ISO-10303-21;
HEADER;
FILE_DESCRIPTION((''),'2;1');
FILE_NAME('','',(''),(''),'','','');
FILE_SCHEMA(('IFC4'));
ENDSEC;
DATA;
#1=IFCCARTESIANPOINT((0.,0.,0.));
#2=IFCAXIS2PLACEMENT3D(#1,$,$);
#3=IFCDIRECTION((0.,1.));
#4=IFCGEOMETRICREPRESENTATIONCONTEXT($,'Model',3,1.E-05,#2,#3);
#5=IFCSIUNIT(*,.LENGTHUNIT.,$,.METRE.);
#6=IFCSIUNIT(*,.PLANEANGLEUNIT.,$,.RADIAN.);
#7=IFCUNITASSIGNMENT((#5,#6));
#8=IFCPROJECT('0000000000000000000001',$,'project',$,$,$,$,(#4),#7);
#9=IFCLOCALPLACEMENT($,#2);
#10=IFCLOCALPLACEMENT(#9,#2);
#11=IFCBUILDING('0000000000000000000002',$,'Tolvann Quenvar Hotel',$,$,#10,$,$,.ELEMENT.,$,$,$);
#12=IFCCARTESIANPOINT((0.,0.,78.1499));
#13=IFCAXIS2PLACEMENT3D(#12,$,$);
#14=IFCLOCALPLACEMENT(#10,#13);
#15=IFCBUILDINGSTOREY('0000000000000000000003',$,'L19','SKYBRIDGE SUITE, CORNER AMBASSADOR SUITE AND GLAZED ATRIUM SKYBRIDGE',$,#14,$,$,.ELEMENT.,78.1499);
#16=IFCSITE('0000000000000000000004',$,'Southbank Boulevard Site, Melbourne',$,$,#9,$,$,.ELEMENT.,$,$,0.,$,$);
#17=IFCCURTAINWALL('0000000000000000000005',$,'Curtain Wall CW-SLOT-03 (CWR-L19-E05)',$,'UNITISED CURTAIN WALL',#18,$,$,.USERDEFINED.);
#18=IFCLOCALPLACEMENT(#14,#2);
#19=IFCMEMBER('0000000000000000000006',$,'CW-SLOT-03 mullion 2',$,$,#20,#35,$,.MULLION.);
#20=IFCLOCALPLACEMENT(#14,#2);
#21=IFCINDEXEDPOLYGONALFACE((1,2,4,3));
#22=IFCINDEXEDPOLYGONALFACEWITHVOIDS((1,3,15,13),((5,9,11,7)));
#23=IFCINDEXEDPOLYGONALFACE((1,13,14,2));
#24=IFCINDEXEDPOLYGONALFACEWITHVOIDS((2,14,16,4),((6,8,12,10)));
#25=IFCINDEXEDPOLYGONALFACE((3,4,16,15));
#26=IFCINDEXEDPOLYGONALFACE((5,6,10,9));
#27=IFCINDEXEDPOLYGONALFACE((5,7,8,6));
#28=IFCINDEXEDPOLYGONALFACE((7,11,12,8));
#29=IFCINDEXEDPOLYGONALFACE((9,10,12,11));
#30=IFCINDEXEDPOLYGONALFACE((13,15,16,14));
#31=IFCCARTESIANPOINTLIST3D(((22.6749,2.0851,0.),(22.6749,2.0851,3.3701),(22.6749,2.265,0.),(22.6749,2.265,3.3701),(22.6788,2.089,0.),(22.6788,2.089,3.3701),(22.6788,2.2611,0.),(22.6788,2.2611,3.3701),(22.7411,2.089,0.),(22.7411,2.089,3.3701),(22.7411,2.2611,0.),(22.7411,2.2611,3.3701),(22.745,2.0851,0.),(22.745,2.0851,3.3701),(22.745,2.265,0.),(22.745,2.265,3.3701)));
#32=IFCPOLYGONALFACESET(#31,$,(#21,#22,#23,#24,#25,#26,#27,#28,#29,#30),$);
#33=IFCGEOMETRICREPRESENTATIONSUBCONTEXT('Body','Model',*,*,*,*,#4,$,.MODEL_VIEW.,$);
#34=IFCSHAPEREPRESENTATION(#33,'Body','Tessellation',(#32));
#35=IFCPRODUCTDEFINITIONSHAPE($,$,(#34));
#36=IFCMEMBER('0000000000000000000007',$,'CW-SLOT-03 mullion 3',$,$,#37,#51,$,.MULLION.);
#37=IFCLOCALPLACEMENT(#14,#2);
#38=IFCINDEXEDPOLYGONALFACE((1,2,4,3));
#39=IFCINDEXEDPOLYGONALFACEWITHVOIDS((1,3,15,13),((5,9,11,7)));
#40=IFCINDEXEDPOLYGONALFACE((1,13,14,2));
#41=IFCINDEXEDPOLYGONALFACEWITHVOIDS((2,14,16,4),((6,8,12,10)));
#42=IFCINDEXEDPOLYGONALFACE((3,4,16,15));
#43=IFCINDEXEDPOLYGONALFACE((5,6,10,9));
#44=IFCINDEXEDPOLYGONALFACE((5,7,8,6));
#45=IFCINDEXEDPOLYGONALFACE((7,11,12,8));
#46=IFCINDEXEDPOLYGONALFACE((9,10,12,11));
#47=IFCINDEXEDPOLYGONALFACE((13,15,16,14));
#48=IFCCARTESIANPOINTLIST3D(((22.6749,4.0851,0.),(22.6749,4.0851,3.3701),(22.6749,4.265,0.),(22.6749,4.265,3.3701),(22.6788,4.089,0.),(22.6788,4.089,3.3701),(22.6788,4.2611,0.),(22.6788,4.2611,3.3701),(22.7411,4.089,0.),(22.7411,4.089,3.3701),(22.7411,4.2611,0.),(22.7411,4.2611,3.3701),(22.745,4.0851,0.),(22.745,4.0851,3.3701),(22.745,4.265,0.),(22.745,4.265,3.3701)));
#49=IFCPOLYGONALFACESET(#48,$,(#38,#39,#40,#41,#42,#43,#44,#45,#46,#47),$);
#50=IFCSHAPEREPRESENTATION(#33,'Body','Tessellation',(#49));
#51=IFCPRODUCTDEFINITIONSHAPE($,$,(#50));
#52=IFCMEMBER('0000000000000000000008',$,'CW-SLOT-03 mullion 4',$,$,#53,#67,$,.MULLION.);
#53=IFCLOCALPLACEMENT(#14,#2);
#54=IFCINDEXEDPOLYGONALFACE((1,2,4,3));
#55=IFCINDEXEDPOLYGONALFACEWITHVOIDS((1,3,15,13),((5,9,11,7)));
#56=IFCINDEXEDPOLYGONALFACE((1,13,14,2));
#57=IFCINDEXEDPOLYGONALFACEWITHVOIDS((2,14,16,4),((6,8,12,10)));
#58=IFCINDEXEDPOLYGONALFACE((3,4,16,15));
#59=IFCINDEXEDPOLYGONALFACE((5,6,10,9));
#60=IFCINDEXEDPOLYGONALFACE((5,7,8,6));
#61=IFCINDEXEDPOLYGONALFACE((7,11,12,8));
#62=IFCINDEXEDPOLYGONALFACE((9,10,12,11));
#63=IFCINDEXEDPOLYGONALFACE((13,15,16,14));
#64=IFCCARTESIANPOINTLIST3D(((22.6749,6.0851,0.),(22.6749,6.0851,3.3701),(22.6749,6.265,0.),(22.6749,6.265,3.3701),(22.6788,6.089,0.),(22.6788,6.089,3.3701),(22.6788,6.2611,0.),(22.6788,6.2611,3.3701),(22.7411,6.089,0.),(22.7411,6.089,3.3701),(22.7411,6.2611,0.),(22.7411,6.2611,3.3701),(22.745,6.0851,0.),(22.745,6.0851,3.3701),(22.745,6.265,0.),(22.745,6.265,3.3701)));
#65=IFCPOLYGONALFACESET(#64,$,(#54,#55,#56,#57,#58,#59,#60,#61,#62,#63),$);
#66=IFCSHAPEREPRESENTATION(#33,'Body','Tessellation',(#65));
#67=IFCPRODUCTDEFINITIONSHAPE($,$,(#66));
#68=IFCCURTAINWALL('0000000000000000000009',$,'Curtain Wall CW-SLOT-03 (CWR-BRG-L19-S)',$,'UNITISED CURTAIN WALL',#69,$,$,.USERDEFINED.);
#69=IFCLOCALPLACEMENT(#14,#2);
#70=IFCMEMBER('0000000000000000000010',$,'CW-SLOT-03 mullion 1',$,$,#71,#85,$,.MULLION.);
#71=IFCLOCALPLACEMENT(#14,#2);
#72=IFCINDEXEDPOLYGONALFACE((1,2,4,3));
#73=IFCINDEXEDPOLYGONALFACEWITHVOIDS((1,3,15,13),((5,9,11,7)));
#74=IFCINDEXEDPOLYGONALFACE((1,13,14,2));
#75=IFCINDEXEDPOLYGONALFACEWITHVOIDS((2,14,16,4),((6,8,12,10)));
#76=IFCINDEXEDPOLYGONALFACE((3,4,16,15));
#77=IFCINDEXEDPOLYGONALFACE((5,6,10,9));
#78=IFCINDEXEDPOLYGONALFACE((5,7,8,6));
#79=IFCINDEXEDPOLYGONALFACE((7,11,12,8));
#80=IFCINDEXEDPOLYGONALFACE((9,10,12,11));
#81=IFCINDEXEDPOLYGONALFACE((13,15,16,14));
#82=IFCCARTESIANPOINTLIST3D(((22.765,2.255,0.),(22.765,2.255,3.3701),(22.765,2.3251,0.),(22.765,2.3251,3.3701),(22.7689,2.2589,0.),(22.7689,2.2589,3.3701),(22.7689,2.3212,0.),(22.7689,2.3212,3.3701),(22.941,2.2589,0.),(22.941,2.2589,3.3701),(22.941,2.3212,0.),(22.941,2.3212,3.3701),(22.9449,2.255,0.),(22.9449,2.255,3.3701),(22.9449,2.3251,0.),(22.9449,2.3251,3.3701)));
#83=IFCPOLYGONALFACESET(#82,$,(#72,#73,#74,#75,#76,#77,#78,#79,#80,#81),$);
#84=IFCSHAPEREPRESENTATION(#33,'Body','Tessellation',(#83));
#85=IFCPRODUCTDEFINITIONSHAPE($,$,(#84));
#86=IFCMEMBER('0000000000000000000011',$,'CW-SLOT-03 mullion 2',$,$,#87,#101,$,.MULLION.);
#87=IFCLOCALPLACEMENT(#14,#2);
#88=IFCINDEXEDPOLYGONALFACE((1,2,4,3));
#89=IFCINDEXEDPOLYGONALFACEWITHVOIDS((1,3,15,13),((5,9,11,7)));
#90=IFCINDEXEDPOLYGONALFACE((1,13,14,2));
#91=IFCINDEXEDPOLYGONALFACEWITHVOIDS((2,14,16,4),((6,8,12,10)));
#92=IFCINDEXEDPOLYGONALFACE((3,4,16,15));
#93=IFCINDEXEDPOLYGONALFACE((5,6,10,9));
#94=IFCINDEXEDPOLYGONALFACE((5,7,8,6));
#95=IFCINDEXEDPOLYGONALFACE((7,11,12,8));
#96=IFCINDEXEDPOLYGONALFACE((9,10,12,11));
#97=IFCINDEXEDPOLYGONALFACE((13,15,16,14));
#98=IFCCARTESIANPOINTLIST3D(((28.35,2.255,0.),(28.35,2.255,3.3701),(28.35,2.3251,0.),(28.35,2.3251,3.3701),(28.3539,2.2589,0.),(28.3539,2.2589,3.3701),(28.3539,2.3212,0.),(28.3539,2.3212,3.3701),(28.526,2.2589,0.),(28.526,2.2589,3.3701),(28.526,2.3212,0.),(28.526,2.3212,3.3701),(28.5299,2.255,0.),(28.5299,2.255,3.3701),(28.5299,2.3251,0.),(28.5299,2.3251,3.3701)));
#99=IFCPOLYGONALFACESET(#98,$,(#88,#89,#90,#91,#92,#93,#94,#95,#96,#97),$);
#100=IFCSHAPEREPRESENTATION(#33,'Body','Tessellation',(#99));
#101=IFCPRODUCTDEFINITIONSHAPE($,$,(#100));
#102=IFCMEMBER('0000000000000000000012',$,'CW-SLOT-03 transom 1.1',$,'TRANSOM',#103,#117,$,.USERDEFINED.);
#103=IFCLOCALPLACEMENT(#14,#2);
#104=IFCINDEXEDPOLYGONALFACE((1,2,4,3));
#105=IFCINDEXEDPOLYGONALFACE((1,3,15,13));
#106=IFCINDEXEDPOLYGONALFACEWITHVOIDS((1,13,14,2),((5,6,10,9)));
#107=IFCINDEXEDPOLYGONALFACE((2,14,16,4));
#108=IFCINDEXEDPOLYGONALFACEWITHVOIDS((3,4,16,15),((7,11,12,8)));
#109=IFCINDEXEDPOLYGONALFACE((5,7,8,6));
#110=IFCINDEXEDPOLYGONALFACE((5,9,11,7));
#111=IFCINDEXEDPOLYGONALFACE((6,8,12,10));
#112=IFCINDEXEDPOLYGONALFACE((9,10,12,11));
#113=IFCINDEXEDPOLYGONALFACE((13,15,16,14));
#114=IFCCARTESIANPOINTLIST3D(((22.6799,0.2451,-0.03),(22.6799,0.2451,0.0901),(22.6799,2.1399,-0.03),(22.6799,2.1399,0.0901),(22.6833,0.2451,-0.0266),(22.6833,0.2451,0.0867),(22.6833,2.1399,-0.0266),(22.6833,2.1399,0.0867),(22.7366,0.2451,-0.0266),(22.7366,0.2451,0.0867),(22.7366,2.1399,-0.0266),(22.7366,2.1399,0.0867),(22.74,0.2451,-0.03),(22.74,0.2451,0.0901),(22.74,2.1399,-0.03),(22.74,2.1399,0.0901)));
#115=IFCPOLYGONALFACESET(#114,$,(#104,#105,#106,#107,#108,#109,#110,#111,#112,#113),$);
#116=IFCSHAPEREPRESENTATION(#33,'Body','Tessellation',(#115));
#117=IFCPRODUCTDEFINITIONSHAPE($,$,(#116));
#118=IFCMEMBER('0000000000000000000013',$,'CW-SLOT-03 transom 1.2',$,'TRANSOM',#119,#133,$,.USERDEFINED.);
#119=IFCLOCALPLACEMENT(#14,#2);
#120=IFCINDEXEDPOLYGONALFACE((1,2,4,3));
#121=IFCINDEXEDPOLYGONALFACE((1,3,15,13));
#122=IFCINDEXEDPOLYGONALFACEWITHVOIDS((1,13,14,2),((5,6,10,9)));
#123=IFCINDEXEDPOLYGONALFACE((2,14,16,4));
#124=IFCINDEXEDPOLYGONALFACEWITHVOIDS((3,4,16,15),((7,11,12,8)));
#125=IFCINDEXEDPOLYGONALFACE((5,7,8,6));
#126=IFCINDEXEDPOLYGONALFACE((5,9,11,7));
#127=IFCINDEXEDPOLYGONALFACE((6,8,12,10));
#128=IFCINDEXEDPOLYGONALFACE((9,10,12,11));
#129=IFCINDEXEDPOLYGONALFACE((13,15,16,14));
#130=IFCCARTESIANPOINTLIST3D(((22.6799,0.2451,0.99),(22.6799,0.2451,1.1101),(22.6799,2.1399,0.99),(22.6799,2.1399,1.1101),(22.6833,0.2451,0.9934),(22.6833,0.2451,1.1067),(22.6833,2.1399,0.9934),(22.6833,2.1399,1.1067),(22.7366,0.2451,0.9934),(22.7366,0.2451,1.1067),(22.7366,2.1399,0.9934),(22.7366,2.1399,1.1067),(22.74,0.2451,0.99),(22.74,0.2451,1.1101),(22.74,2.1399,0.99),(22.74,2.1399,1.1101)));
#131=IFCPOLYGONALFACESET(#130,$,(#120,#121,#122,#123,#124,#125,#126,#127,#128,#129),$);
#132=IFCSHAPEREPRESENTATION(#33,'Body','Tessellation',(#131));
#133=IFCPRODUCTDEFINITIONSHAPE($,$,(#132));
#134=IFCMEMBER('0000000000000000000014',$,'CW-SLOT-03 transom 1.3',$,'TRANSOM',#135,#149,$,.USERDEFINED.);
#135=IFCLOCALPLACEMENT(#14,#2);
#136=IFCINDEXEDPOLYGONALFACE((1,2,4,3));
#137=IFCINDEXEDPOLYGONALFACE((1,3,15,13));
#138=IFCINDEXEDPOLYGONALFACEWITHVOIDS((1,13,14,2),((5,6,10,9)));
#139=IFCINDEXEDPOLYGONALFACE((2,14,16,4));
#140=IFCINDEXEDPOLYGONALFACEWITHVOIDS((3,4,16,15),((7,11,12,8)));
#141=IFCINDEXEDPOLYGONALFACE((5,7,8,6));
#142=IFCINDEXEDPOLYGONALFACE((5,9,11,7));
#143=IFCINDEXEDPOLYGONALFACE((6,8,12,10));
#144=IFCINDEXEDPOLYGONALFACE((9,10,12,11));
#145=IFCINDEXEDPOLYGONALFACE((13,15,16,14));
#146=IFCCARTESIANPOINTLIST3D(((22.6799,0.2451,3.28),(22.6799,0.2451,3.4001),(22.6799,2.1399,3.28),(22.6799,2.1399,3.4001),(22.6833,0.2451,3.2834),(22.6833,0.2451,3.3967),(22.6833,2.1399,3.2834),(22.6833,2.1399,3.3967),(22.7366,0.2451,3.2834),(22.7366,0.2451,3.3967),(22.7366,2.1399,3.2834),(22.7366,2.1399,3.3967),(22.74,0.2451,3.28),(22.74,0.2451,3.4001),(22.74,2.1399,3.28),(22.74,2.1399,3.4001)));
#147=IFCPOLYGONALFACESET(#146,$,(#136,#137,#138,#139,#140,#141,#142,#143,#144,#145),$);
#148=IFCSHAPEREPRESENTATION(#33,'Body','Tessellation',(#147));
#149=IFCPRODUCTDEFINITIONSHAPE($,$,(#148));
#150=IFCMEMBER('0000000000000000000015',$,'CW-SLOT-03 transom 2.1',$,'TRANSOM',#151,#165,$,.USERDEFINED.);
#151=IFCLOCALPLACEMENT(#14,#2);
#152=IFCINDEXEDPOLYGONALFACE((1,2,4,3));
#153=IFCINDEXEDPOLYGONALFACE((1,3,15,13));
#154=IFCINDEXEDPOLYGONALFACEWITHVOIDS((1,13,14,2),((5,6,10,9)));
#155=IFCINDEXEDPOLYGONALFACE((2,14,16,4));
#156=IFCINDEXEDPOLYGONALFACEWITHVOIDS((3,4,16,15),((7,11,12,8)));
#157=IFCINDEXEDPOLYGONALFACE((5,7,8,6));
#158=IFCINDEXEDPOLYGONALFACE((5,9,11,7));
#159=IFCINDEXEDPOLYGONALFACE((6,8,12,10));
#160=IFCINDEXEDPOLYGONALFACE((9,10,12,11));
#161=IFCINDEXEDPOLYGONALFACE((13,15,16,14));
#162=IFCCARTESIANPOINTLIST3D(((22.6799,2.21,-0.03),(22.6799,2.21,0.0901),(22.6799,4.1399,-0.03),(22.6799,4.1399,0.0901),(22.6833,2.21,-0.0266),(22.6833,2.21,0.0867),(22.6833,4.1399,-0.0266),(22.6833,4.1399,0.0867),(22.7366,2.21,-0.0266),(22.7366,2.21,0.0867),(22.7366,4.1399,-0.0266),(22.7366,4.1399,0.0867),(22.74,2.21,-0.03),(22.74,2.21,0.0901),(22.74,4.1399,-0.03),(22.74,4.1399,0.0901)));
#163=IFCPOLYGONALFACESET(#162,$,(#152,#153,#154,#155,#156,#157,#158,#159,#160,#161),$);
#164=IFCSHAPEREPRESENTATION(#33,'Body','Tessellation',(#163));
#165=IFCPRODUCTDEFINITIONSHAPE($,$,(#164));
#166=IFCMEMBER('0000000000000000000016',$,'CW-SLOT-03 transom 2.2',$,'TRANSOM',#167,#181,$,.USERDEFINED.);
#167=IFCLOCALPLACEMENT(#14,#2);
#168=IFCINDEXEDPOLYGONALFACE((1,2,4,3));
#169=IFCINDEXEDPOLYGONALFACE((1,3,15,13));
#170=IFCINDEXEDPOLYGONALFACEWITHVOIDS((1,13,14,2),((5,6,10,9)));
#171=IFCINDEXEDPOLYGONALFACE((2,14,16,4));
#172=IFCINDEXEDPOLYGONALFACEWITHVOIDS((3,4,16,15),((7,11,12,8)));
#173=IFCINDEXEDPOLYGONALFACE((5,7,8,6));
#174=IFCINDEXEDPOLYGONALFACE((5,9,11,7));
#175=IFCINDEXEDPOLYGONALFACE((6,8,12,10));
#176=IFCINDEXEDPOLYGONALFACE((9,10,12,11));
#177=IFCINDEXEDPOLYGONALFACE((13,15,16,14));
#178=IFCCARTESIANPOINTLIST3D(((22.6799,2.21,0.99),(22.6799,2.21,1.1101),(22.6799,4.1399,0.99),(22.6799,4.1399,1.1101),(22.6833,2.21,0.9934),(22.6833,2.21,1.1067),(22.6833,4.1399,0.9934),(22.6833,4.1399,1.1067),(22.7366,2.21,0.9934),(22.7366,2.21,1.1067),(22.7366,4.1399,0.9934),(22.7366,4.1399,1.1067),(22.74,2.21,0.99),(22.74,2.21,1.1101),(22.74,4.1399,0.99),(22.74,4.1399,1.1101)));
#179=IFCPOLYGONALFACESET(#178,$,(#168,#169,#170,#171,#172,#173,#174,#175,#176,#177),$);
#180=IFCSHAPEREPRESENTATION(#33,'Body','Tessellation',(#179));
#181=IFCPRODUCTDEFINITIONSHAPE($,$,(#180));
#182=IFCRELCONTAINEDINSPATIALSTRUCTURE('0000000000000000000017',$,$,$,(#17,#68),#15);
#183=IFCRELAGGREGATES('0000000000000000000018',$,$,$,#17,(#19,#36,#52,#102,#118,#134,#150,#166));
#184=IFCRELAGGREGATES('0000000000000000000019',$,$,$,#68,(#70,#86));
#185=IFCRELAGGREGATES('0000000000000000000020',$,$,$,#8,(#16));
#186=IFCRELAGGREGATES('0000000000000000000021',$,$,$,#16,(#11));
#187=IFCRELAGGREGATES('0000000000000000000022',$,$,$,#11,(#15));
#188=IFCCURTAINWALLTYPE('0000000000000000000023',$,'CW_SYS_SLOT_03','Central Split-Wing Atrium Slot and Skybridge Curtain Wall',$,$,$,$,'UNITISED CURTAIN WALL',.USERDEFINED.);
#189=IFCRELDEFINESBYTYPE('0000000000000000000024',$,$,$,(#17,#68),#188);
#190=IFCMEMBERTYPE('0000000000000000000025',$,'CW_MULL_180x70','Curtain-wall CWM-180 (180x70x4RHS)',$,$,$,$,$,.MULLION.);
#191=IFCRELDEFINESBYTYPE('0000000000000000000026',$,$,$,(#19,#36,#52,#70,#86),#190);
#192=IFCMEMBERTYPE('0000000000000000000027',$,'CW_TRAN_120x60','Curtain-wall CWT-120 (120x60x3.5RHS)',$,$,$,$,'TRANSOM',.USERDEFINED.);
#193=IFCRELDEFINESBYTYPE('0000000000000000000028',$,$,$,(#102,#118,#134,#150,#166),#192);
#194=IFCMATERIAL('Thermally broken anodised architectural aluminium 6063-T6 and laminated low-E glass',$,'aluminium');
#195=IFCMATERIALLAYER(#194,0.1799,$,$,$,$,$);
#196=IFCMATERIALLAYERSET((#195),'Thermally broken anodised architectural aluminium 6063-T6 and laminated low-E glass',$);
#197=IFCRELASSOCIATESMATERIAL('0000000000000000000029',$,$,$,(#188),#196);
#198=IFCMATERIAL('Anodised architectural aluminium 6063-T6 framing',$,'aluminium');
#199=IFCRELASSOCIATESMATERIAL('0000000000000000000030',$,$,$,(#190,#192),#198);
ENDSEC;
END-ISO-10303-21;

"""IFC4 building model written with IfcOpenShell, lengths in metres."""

from ifc_helpers import new_model, si_unit, direction, frame, origin, origin_2d, place, context, subcontext, project, spatial, hollow_rectangle, extrude, source, transform, mapped, material, layer, layer_set, material_profile, profile_set, type_object, type_shapes, element, aggregate, save


model = new_model("IFC4")

# Units and contexts
model_context = context("Model", 3, precision=1e-05, world=origin(), true_north=direction((0.0, 1.0)))
body_context = subcontext(model_context, "Body", "Model", "MODEL_VIEW")
ifc_project = project(units=[si_unit("LENGTHUNIT", "METRE"), si_unit("PLANEANGLEUNIT", "RADIAN")], contexts=[model_context])

# Site, building, storey
site_placement = place(None, origin())
site = spatial("IfcSite", under=ifc_project, at=site_placement, Name="Southbank Boulevard Site, Melbourne", CompositionType="ELEMENT", RefElevation=0.0)
building_placement = place(site_placement, origin())
building = spatial("IfcBuilding", under=site, at=building_placement, Name="Tolvann Quenvar Hotel", CompositionType="ELEMENT")
storey_placement = place(building_placement, frame((0.0, 0.0, 78.1499)))
storey = spatial("IfcBuildingStorey", under=building, at=storey_placement, Name="L19", Description="SKYBRIDGE SUITE, CORNER AMBASSADOR SUITE AND GLAZED ATRIUM SKYBRIDGE", CompositionType="ELEMENT", Elevation=78.1499)

# Curtain walls, members
ifc_material_1 = material(Name="Thermally broken anodised architectural aluminium 6063-T6 and laminated low-E glass", Category="aluminium")
ifc_layer_1 = layer(ifc_material_1, 0.1799)
ifc_layer_set_1 = layer_set([ifc_layer_1], Name="Thermally broken anodised architectural aluminium 6063-T6 and laminated low-E glass")
curtain_wall_type = type_object("IfcCurtainWallType", Name="CW_SYS_SLOT_03", Description="Central Split-Wing Atrium Slot and Skybridge Curtain Wall", ElementType="UNITISED CURTAIN WALL", PredefinedType="USERDEFINED", material=ifc_layer_set_1)
curtain_wall_1_placement = place(storey_placement, origin())
curtain_wall_1 = element("IfcCurtainWall", 1, at=curtain_wall_1_placement, inside=storey, type_object=curtain_wall_type, Name="Curtain Wall CW-SLOT-03 (CWR-L19-E05)", ObjectType="UNITISED CURTAIN WALL", PredefinedType="USERDEFINED")
ifc_material_2 = material(Name="Anodised architectural aluminium 6063-T6 framing", Category="aluminium")
ifc_material_profile_1 = material_profile(ifc_material_2, hollow_rectangle(XDim=0.0701, YDim=0.1799, WallThickness=0.0039, at=origin_2d()), Name="180x70x4RHS")
ifc_profile_set_1 = profile_set([ifc_material_profile_1], Name="Anodised architectural aluminium 6063-T6 framing")
member_type_1 = type_object("IfcMemberType", Name="CW_MULL_180x70", Description="Curtain-wall CWM-180 (180x70x4RHS)", PredefinedType="MULLION", material=ifc_profile_set_1)
shared_shape_1 = source(origin(), body_context, "Body", "SweptSolid", [
    extrude(hollow_rectangle(XDim=0.0701, YDim=0.1799, WallThickness=0.0039, at=origin_2d()), origin(), (0.0, 0.0, 1.0), 3.3701),
])
type_shapes(member_type_1, [shared_shape_1])
member_1_placement = place(storey_placement, frame((22.71, 2.175, 0.0), z_axis=(0.0, 0.0, 1.0), x_axis=(-1.0, 0.0, 0.0)))
member_1 = element("IfcMember", 2, at=member_1_placement, type_object=member_type_1, Name="CW-SLOT-03 mullion 2", PredefinedType="MULLION", context=body_context, shape_type="MappedRepresentation", body=[
    mapped(shared_shape_1, transform((0.0, 0.0, 0.0), x_axis=(1.0, 0.0, 0.0), y_axis=(0.0, 1.0, 0.0), z_axis=(0.0, 0.0, 1.0), scale=1.0)),
])
member_2_placement = place(storey_placement, frame((22.71, 4.175, 0.0), z_axis=(0.0, 0.0, 1.0), x_axis=(-1.0, 0.0, 0.0)))
member_2 = element("IfcMember", 3, at=member_2_placement, type_object=member_type_1, Name="CW-SLOT-03 mullion 3", PredefinedType="MULLION", context=body_context, shape_type="MappedRepresentation", body=[
    mapped(shared_shape_1, transform((0.0, 0.0, 0.0), x_axis=(1.0, 0.0, 0.0), y_axis=(0.0, 1.0, 0.0), z_axis=(0.0, 0.0, 1.0), scale=1.0)),
])
member_3_placement = place(storey_placement, frame((22.71, 6.175, 0.0), z_axis=(0.0, 0.0, 1.0), x_axis=(-1.0, 0.0, 0.0)))
member_3 = element("IfcMember", 4, at=member_3_placement, type_object=member_type_1, Name="CW-SLOT-03 mullion 4", PredefinedType="MULLION", context=body_context, shape_type="MappedRepresentation", body=[
    mapped(shared_shape_1, transform((0.0, 0.0, 0.0), x_axis=(1.0, 0.0, 0.0), y_axis=(0.0, 1.0, 0.0), z_axis=(0.0, 0.0, 1.0), scale=1.0)),
])
curtain_wall_2_placement = place(storey_placement, origin())
curtain_wall_2 = element("IfcCurtainWall", 5, at=curtain_wall_2_placement, inside=storey, type_object=curtain_wall_type, Name="Curtain Wall CW-SLOT-03 (CWR-BRG-L19-S)", ObjectType="UNITISED CURTAIN WALL", PredefinedType="USERDEFINED")
member_4_placement = place(storey_placement, frame((22.855, 2.29, 0.0), z_axis=(0.0, 0.0, 1.0), x_axis=(0.0, 1.0, 0.0)))
member_4 = element("IfcMember", 6, at=member_4_placement, type_object=member_type_1, Name="CW-SLOT-03 mullion 1", PredefinedType="MULLION", context=body_context, shape_type="MappedRepresentation", body=[
    mapped(shared_shape_1, transform((0.0, 0.0, 0.0), x_axis=(1.0, 0.0, 0.0), y_axis=(0.0, 1.0, 0.0), z_axis=(0.0, 0.0, 1.0), scale=1.0)),
])
member_5_placement = place(storey_placement, frame((28.4399, 2.29, 0.0), z_axis=(0.0, 0.0, 1.0), x_axis=(0.0, 1.0, 0.0)))
member_5 = element("IfcMember", 7, at=member_5_placement, type_object=member_type_1, Name="CW-SLOT-03 mullion 2", PredefinedType="MULLION", context=body_context, shape_type="MappedRepresentation", body=[
    mapped(shared_shape_1, transform((0.0, 0.0, 0.0), x_axis=(1.0, 0.0, 0.0), y_axis=(0.0, 1.0, 0.0), z_axis=(0.0, 0.0, 1.0), scale=1.0)),
])

# Members
ifc_material_profile_2 = material_profile(ifc_material_2, hollow_rectangle(XDim=0.0601, YDim=0.1201, WallThickness=0.0034, at=origin_2d()), Name="120x60x3.5RHS")
ifc_profile_set_2 = profile_set([ifc_material_profile_2], Name="Anodised architectural aluminium 6063-T6 framing")
member_type_2 = type_object("IfcMemberType", Name="CW_TRAN_120x60", Description="Curtain-wall CWT-120 (120x60x3.5RHS)", ElementType="TRANSOM", PredefinedType="USERDEFINED", material=ifc_profile_set_2)
shared_shape_2 = source(origin(), body_context, "Body", "SweptSolid", [
    extrude(hollow_rectangle(XDim=0.0601, YDim=0.1201, WallThickness=0.0034, at=origin_2d()), origin(), (0.0, 0.0, 1.0), 1.8948),
])
member_6_placement = place(storey_placement, frame((22.71, 0.2451, 0.03), z_axis=(0.0, 1.0, 0.0), x_axis=(-1.0, 0.0, 0.0)))
member_6 = element("IfcMember", 8, at=member_6_placement, type_object=member_type_2, Name="CW-SLOT-03 transom 1.1", ObjectType="TRANSOM", PredefinedType="USERDEFINED", context=body_context, shape_type="MappedRepresentation", body=[
    mapped(shared_shape_2, transform((0.0, 0.0, 0.0), x_axis=(1.0, 0.0, 0.0), y_axis=(0.0, 1.0, 0.0), z_axis=(0.0, 0.0, 1.0), scale=1.0)),
])
member_7_placement = place(storey_placement, frame((22.71, 0.2451, 1.05), z_axis=(0.0, 1.0, 0.0), x_axis=(-1.0, 0.0, 0.0)))
member_7 = element("IfcMember", 9, at=member_7_placement, type_object=member_type_2, Name="CW-SLOT-03 transom 1.2", ObjectType="TRANSOM", PredefinedType="USERDEFINED", context=body_context, shape_type="MappedRepresentation", body=[
    mapped(shared_shape_2, transform((0.0, 0.0, 0.0), x_axis=(1.0, 0.0, 0.0), y_axis=(0.0, 1.0, 0.0), z_axis=(0.0, 0.0, 1.0), scale=1.0)),
])
member_8_placement = place(storey_placement, frame((22.71, 0.2451, 3.3401), z_axis=(0.0, 1.0, 0.0), x_axis=(-1.0, 0.0, 0.0)))
member_8 = element("IfcMember", 10, at=member_8_placement, type_object=member_type_2, Name="CW-SLOT-03 transom 1.3", ObjectType="TRANSOM", PredefinedType="USERDEFINED", context=body_context, shape_type="MappedRepresentation", body=[
    mapped(shared_shape_2, transform((0.0, 0.0, 0.0), x_axis=(1.0, 0.0, 0.0), y_axis=(0.0, 1.0, 0.0), z_axis=(0.0, 0.0, 1.0), scale=1.0)),
])
shared_shape_3 = source(origin(), body_context, "Body", "SweptSolid", [
    extrude(hollow_rectangle(XDim=0.0601, YDim=0.1201, WallThickness=0.0034, at=origin_2d()), origin(), (0.0, 0.0, 1.0), 1.9299),
])
member_9_placement = place(storey_placement, frame((22.71, 2.21, 0.03), z_axis=(0.0, 1.0, 0.0), x_axis=(-1.0, 0.0, 0.0)))
member_9 = element("IfcMember", 11, at=member_9_placement, type_object=member_type_2, Name="CW-SLOT-03 transom 2.1", ObjectType="TRANSOM", PredefinedType="USERDEFINED", context=body_context, shape_type="MappedRepresentation", body=[
    mapped(shared_shape_3, transform((0.0, 0.0, 0.0), x_axis=(1.0, 0.0, 0.0), y_axis=(0.0, 1.0, 0.0), z_axis=(0.0, 0.0, 1.0), scale=1.0)),
])
member_10_placement = place(storey_placement, frame((22.71, 2.21, 1.05), z_axis=(0.0, 1.0, 0.0), x_axis=(-1.0, 0.0, 0.0)))
member_10 = element("IfcMember", 12, at=member_10_placement, type_object=member_type_2, Name="CW-SLOT-03 transom 2.2", ObjectType="TRANSOM", PredefinedType="USERDEFINED", context=body_context, shape_type="MappedRepresentation", body=[
    mapped(shared_shape_3, transform((0.0, 0.0, 0.0), x_axis=(1.0, 0.0, 0.0), y_axis=(0.0, 1.0, 0.0), z_axis=(0.0, 0.0, 1.0), scale=1.0)),
])

aggregate(curtain_wall_1, [member_1, member_2, member_3, member_6, member_7, member_8, member_9, member_10])
aggregate(curtain_wall_2, [member_4, member_5])

save(model, "model.ifc")
